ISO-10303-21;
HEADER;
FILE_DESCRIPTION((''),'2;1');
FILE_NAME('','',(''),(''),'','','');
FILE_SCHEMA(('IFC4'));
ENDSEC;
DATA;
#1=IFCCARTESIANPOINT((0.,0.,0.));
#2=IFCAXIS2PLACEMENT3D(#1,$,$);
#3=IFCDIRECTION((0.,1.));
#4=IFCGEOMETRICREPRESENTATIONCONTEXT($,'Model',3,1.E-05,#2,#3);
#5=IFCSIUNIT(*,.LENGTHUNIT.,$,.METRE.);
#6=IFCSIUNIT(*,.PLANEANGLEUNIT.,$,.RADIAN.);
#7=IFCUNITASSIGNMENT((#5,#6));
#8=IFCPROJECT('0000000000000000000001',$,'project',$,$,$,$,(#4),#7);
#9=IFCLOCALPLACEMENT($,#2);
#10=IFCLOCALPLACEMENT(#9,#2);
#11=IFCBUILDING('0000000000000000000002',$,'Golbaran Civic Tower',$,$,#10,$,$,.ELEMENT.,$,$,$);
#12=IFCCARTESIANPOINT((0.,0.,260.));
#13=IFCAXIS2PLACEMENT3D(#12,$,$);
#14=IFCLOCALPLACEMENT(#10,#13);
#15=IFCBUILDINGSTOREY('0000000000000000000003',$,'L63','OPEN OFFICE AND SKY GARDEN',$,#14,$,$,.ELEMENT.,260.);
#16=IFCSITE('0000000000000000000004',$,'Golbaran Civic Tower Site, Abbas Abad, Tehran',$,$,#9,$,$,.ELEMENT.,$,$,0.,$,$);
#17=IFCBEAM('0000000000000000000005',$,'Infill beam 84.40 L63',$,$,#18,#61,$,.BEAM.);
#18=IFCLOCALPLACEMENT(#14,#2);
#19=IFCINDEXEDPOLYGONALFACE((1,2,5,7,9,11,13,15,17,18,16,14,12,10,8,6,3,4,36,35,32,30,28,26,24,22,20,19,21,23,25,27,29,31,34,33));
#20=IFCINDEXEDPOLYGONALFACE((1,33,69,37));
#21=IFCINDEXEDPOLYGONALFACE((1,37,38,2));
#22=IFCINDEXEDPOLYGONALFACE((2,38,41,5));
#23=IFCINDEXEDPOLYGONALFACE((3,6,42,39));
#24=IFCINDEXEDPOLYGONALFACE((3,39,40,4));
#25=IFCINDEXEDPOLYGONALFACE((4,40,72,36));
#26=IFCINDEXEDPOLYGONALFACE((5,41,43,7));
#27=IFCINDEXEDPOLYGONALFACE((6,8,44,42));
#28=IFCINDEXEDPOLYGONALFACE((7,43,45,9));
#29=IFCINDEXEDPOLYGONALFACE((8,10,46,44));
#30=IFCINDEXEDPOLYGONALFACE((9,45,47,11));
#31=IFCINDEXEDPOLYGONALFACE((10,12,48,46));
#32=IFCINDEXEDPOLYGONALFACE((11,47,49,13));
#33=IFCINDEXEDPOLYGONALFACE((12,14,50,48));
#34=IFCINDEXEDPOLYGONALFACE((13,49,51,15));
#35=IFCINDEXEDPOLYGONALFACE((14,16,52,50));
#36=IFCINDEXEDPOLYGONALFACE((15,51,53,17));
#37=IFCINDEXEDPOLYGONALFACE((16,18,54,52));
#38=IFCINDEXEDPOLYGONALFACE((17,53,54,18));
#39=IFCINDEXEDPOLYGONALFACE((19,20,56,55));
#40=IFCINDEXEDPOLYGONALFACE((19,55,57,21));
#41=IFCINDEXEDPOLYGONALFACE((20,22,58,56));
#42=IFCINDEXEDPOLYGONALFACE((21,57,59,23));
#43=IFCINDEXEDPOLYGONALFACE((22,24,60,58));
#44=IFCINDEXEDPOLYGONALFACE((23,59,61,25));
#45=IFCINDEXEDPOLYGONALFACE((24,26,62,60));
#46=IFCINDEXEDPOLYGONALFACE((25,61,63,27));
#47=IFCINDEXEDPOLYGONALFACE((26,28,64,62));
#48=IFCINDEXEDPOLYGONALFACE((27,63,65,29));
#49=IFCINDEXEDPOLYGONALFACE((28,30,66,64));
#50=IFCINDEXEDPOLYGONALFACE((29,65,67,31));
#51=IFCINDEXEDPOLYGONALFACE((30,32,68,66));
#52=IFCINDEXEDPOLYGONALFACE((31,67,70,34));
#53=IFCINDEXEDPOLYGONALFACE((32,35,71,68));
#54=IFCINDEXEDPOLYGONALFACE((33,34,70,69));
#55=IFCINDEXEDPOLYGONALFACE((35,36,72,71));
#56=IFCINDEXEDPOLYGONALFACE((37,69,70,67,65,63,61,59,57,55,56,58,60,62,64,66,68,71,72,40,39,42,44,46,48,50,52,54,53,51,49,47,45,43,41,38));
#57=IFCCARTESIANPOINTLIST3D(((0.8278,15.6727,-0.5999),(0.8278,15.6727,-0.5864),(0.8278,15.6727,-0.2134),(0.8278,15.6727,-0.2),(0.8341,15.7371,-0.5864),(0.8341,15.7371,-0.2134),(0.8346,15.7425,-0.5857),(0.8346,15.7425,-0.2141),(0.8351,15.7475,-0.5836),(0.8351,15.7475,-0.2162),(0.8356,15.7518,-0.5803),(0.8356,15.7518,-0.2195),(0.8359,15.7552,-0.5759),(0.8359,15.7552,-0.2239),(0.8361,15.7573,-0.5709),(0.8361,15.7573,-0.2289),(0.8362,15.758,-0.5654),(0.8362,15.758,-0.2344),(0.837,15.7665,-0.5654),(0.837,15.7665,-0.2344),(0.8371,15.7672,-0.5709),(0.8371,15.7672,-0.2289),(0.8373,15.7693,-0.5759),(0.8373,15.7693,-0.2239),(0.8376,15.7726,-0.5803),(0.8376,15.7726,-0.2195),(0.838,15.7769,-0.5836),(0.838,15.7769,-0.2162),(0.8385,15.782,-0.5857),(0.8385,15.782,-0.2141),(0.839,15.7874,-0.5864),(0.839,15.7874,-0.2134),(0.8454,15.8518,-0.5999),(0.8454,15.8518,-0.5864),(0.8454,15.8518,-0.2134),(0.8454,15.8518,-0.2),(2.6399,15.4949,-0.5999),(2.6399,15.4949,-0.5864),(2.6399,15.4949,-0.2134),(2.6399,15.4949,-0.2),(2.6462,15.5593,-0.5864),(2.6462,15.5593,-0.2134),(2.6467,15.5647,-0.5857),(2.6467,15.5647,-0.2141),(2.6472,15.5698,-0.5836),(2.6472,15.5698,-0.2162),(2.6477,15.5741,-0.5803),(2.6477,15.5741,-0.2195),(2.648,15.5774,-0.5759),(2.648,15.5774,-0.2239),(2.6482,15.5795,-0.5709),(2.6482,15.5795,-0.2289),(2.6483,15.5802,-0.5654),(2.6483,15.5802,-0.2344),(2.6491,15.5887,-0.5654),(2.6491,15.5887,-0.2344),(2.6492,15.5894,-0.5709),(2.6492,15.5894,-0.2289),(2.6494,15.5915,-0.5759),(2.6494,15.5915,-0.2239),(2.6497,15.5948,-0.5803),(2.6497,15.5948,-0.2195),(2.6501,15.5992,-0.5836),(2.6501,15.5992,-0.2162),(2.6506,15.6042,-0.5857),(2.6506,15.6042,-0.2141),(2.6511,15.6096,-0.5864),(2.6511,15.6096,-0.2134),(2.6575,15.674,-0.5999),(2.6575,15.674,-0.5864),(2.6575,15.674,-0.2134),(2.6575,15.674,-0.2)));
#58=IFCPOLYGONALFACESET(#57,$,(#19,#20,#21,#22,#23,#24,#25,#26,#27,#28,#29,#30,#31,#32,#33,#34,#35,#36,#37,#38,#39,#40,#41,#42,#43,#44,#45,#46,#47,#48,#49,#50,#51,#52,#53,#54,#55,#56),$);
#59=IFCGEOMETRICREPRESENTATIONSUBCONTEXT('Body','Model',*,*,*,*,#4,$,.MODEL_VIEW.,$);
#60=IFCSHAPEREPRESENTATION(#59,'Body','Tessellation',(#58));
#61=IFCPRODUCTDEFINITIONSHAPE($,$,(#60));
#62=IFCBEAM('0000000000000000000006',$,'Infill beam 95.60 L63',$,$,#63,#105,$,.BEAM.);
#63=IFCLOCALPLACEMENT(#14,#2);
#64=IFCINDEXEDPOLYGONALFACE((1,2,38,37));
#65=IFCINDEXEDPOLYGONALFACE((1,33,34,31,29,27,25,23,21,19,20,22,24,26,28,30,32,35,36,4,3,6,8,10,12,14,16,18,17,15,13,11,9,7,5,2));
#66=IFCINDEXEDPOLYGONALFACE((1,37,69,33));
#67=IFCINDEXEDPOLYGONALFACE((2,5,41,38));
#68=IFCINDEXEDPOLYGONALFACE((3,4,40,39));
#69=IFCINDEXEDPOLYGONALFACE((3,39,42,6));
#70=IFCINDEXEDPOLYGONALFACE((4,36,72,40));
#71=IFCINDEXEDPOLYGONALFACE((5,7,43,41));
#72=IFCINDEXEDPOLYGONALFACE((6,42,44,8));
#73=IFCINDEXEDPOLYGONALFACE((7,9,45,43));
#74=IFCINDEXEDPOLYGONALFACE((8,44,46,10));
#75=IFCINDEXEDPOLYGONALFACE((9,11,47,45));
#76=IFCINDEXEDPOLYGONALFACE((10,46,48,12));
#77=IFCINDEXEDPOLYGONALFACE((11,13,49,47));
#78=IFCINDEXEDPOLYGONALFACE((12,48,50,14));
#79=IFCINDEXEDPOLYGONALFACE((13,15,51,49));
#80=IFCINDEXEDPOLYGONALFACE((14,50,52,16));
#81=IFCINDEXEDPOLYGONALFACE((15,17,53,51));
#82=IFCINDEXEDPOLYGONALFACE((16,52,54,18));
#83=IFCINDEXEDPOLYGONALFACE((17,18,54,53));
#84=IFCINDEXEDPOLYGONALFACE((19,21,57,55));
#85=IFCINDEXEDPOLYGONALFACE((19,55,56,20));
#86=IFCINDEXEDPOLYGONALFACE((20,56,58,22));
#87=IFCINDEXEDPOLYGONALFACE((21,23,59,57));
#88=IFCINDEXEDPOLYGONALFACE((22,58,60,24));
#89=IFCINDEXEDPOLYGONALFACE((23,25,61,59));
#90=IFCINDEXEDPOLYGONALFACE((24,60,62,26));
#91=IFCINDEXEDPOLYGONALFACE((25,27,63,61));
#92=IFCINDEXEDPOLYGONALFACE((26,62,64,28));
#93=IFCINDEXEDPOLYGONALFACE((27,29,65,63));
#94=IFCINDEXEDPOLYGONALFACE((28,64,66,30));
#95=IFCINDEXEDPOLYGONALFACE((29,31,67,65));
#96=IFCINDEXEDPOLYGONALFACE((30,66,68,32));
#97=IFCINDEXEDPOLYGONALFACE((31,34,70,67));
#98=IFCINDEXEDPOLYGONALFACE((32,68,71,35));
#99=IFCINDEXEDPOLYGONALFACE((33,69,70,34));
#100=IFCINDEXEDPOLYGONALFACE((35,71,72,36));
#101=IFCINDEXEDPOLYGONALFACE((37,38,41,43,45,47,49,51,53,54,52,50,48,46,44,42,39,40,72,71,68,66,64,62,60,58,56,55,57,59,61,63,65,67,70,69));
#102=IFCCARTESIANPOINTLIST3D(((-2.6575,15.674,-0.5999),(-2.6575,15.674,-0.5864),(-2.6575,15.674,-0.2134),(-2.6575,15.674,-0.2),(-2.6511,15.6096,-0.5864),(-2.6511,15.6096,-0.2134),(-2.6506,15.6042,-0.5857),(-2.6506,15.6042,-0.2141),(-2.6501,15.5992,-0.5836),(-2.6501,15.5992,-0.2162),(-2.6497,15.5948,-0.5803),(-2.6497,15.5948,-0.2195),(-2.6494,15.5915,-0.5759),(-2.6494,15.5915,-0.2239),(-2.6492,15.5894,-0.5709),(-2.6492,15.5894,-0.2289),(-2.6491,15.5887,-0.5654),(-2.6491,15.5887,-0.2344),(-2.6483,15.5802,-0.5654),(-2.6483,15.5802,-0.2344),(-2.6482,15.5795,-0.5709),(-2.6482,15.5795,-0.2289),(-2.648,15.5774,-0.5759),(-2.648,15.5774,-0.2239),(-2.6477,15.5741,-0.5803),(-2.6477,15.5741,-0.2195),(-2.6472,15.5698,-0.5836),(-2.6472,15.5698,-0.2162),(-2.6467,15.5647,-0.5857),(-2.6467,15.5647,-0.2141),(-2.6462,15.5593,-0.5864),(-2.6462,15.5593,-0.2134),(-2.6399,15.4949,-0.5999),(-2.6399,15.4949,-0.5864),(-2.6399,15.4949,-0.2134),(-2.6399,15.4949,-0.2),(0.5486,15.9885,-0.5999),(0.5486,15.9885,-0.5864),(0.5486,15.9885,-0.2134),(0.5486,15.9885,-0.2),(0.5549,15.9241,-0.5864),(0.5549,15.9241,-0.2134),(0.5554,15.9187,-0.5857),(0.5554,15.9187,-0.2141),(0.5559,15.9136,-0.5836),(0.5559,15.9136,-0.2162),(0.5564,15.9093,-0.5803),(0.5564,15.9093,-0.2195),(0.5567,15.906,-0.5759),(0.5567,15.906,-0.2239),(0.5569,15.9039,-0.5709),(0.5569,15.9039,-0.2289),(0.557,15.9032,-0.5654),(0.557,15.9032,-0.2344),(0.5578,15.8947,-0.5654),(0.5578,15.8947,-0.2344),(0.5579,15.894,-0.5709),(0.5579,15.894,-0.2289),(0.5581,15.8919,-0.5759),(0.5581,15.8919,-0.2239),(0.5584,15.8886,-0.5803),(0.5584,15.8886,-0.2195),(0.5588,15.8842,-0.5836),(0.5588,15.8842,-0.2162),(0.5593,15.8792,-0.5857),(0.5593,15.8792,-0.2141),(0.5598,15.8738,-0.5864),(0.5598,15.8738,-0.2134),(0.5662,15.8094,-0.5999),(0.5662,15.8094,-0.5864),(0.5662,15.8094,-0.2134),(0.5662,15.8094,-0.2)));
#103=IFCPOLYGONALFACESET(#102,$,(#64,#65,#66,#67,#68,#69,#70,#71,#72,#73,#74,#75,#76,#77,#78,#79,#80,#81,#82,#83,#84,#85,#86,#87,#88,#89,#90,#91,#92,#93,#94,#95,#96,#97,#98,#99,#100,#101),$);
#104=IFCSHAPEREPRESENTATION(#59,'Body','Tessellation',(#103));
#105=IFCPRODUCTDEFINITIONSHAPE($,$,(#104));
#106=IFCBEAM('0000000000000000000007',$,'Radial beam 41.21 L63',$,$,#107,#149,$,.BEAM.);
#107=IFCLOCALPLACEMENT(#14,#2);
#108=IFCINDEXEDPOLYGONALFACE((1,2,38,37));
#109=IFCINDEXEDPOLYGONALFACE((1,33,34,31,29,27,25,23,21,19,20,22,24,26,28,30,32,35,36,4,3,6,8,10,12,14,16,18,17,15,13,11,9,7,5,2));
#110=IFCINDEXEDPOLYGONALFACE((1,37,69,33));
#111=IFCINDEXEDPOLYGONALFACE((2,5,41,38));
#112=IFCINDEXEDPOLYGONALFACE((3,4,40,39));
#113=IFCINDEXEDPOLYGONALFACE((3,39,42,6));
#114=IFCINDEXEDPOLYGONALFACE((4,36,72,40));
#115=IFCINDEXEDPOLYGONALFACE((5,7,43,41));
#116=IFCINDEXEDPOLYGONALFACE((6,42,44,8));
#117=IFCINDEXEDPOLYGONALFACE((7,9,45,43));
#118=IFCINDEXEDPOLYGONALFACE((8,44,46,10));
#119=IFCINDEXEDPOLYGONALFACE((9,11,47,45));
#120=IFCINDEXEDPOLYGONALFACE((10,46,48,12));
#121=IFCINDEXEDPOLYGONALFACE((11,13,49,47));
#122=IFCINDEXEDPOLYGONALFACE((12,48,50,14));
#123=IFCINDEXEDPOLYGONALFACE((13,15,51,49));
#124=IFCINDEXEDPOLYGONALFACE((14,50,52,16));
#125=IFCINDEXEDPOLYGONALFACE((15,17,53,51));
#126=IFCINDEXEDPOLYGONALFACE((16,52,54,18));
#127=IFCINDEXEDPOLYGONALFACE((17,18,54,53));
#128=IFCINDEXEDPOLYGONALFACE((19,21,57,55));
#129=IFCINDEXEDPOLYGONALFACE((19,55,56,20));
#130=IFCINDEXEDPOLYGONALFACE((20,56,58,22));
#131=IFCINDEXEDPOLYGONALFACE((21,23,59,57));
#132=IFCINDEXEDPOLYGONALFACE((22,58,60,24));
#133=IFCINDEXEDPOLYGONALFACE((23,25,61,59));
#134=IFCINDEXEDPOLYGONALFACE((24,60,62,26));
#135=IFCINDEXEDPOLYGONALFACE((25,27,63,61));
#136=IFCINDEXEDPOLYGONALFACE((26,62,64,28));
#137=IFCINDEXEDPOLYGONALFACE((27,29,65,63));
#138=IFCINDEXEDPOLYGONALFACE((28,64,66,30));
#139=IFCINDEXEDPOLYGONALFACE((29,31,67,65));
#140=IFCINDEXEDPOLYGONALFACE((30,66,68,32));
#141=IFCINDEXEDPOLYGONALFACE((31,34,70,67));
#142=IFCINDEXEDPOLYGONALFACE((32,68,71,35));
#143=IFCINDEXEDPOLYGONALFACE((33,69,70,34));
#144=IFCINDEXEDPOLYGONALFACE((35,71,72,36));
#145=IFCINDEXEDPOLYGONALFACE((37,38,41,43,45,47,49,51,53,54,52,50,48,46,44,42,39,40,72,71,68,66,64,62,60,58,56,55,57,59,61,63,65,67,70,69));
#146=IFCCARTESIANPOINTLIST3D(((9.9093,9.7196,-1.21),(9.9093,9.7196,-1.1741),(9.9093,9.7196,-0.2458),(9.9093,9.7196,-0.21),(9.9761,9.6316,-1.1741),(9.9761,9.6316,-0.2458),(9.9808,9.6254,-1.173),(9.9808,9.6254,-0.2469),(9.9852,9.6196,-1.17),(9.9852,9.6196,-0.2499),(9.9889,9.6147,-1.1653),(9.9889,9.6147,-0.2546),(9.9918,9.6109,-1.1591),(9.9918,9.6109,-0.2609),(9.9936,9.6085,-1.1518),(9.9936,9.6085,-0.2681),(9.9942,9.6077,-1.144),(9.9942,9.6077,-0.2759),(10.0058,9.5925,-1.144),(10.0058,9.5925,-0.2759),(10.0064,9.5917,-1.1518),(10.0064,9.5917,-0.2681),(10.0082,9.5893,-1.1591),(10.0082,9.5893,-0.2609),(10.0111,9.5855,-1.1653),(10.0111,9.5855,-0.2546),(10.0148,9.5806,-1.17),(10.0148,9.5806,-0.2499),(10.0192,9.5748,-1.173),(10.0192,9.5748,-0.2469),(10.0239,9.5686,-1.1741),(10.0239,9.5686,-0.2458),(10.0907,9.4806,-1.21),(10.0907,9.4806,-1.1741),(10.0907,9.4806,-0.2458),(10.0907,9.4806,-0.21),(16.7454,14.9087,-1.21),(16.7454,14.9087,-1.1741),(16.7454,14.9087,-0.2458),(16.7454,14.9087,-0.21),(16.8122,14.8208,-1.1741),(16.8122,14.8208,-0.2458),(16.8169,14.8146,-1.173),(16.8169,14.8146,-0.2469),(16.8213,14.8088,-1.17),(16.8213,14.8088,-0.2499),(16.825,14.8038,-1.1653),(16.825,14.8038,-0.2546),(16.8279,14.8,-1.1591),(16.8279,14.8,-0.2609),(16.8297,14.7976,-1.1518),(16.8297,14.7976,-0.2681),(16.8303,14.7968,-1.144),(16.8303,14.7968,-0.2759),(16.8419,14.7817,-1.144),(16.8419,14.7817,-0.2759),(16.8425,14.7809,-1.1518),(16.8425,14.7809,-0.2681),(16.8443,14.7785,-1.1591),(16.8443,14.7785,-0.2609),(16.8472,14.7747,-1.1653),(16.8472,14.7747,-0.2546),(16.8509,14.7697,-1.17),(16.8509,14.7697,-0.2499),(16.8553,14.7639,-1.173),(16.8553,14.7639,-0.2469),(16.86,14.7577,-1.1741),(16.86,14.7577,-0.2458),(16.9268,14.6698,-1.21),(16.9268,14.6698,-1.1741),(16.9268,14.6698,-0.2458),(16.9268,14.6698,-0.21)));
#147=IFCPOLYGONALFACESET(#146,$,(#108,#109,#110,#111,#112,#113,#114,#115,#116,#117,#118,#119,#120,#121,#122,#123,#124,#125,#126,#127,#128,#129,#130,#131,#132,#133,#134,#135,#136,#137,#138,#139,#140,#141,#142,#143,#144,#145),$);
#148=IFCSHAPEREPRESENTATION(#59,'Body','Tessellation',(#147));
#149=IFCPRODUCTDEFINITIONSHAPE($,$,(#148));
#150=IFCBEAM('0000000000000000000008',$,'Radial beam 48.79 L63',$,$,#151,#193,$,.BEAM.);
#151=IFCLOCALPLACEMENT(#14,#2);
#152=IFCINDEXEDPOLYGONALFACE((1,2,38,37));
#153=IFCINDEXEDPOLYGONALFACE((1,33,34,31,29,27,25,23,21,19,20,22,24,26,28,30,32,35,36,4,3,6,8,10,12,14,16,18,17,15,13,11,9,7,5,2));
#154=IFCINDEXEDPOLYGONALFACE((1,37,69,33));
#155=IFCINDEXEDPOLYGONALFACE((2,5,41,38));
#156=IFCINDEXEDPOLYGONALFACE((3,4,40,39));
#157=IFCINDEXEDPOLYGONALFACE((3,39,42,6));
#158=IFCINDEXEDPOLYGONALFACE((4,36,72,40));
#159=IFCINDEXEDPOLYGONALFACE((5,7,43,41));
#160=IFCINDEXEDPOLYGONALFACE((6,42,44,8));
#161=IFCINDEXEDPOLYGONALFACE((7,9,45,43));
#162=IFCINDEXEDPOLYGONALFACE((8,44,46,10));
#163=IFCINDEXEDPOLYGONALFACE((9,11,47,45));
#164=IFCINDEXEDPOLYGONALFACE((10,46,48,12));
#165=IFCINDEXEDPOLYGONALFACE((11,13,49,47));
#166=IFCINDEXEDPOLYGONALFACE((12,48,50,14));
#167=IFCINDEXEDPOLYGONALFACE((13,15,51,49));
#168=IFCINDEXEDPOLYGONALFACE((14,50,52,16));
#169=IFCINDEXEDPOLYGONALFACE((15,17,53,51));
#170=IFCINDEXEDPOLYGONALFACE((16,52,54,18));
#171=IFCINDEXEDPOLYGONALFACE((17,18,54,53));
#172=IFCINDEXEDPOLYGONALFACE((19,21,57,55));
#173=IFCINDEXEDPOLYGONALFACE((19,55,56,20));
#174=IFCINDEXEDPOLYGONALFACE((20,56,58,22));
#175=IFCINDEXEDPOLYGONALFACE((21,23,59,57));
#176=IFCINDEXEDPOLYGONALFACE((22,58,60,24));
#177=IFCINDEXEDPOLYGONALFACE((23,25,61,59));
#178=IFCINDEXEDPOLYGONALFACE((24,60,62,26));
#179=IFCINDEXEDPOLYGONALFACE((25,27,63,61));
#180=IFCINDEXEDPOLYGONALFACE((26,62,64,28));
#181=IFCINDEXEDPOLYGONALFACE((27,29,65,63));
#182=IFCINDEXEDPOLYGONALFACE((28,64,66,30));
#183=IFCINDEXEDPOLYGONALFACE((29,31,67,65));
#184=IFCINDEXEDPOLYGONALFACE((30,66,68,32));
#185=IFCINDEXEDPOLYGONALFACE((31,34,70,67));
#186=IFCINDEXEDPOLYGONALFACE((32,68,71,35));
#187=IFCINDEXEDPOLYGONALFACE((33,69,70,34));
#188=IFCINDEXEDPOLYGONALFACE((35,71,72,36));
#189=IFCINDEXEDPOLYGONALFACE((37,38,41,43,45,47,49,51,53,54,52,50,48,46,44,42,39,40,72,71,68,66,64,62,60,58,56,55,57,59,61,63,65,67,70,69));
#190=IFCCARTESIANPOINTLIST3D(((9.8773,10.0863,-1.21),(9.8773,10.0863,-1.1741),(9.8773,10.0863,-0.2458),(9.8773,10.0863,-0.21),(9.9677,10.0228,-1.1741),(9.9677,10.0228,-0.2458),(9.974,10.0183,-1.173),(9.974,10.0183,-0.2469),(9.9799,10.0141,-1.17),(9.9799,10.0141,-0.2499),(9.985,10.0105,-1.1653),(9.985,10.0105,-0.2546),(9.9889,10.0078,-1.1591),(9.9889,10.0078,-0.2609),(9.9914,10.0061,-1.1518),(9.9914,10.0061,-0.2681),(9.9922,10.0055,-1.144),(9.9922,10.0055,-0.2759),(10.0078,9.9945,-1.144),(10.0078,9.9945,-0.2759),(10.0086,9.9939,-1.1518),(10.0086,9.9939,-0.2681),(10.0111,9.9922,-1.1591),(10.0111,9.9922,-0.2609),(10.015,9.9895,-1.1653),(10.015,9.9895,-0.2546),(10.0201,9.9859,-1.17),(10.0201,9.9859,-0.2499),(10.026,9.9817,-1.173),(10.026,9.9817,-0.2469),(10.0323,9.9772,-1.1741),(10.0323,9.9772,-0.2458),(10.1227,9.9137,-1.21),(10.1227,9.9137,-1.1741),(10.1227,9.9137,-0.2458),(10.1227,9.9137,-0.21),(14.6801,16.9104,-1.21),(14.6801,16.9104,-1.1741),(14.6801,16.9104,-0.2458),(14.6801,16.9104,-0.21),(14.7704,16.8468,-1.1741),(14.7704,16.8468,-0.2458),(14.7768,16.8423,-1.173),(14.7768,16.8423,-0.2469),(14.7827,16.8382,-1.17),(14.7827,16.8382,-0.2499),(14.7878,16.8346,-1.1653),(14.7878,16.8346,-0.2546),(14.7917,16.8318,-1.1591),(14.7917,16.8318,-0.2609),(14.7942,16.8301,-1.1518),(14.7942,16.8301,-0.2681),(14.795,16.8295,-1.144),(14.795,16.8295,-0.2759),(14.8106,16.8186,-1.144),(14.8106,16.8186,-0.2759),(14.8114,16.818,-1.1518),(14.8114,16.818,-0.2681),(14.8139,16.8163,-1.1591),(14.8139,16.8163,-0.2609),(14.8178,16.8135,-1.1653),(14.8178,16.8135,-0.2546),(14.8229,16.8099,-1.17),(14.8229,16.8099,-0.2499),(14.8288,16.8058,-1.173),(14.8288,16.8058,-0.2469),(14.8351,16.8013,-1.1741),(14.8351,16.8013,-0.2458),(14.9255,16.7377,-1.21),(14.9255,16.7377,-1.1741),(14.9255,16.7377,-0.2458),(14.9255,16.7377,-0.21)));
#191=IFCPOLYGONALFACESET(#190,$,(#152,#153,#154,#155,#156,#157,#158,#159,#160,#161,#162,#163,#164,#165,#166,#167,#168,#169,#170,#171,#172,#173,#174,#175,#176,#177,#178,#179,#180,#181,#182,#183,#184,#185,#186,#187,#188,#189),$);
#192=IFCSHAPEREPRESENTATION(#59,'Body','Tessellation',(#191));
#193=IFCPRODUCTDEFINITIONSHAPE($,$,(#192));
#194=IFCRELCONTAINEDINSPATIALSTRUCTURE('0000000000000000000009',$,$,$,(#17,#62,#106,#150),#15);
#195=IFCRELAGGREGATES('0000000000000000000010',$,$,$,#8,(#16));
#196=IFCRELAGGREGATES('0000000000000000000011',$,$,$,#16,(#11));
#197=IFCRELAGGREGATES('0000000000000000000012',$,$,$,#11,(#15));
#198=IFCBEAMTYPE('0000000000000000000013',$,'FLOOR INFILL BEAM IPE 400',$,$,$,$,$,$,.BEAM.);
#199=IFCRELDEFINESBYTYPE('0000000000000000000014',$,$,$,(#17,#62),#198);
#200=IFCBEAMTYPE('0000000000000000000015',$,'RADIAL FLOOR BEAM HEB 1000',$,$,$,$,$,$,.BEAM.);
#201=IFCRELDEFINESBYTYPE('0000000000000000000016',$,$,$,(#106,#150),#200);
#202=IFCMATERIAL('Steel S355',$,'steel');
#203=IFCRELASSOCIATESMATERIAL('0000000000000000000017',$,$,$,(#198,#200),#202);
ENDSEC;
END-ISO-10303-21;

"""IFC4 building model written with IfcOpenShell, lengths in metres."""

from ifc_helpers import new_model, si_unit, direction, frame, origin, origin_2d, place, context, subcontext, project, spatial, i_section, extrude, material, material_profile, profile_set, type_object, element, save


model = new_model("IFC4")

# Units and contexts
model_context = context("Model", 3, precision=1e-05, world=origin(), true_north=direction((0.0, 1.0)))
body_context = subcontext(model_context, "Body", "Model", "MODEL_VIEW")
ifc_project = project(units=[si_unit("LENGTHUNIT", "METRE"), si_unit("PLANEANGLEUNIT", "RADIAN")], contexts=[model_context])

# Site, building, storey
site_placement = place(None, origin())
site = spatial("IfcSite", under=ifc_project, at=site_placement, Name="Golbaran Civic Tower Site, Abbas Abad, Tehran", CompositionType="ELEMENT", RefElevation=0.0)
building_placement = place(site_placement, origin())
building = spatial("IfcBuilding", under=site, at=building_placement, Name="Golbaran Civic Tower", CompositionType="ELEMENT")
storey_placement = place(building_placement, frame((0.0, 0.0, 260.0)))
storey = spatial("IfcBuildingStorey", under=building, at=storey_placement, Name="L63", Description="OPEN OFFICE AND SKY GARDEN", CompositionType="ELEMENT", Elevation=260.0)

# Beams
ifc_material_1 = material(Name="Steel S355", Category="steel")
ifc_material_profile_1 = material_profile(ifc_material_1, i_section(OverallWidth=0.1799, OverallDepth=0.3999, WebThickness=0.0085, FlangeThickness=0.0134, FilletRadius=0.021, at=origin_2d()), Name="IPE 400")
ifc_profile_set_1 = profile_set([ifc_material_profile_1], Name="Steel S355")
beam_type_1 = type_object("IfcBeamType", Name="FLOOR INFILL BEAM IPE 400", PredefinedType="BEAM", material=ifc_profile_set_1)
beam_1_placement = place(storey_placement, frame((2.6487, 15.5845, -0.3999), z_axis=(-0.995224, 0.097618, 0.0), x_axis=(-0.097618, -0.995224, 0.0)))
element("IfcBeam", 1, at=beam_1_placement, inside=storey, type_object=beam_type_1, Name="Infill beam 84.40 L63", PredefinedType="BEAM", context=body_context, shape_type="SweptSolid", body=[
    extrude(i_section(OverallWidth=0.1799, OverallDepth=0.3999, WebThickness=0.0085, FlangeThickness=0.0134, FilletRadius=0.021, at=origin_2d()), origin(), (0.0, 0.0, 1.0), 1.8208),
])
beam_2_placement = place(storey_placement, frame((0.5574, 15.8989, -0.3999), z_axis=(-0.995224, -0.097613, 0.0), x_axis=(0.097613, -0.995224, 0.0)))
element("IfcBeam", 2, at=beam_2_placement, inside=storey, type_object=beam_type_1, Name="Infill beam 95.60 L63", PredefinedType="BEAM", context=body_context, shape_type="SweptSolid", body=[
    extrude(i_section(OverallWidth=0.1799, OverallDepth=0.3999, WebThickness=0.0085, FlangeThickness=0.0134, FilletRadius=0.021, at=origin_2d()), origin(), (0.0, 0.0, 1.0), 3.2214),
])
ifc_material_profile_2 = material_profile(ifc_material_1, i_section(OverallWidth=0.3, OverallDepth=1.0, WebThickness=0.019, FlangeThickness=0.0359, FilletRadius=0.03, at=origin_2d()), Name="HEB 1000")
ifc_profile_set_2 = profile_set([ifc_material_profile_2], Name="Steel S355")
beam_type_2 = type_object("IfcBeamType", Name="RADIAL FLOOR BEAM HEB 1000", PredefinedType="BEAM", material=ifc_profile_set_2)
beam_3_placement = place(storey_placement, frame((10.0, 9.6001, -0.71), z_axis=(0.796515, 0.604619, 0.0), x_axis=(-0.604619, 0.796515, 0.0)))
element("IfcBeam", 3, at=beam_3_placement, inside=storey, type_object=beam_type_2, Name="Radial beam 41.21 L63", PredefinedType="BEAM", context=body_context, shape_type="SweptSolid", body=[
    extrude(i_section(OverallWidth=0.3, OverallDepth=1.0, WebThickness=0.019, FlangeThickness=0.0359, FilletRadius=0.03, at=origin_2d()), origin(), (0.0, 0.0, 1.0), 8.5825),
])
beam_4_placement = place(storey_placement, frame((10.0, 10.0, -0.71), z_axis=(0.575548, 0.817768, 0.0), x_axis=(-0.817768, 0.575548, 0.0)))
element("IfcBeam", 4, at=beam_4_placement, inside=storey, type_object=beam_type_2, Name="Radial beam 48.79 L63", PredefinedType="BEAM", context=body_context, shape_type="SweptSolid", body=[
    extrude(i_section(OverallWidth=0.3, OverallDepth=1.0, WebThickness=0.019, FlangeThickness=0.0359, FilletRadius=0.03, at=origin_2d()), origin(), (0.0, 0.0, 1.0), 8.3447),
])

save(model, "model.ifc")
